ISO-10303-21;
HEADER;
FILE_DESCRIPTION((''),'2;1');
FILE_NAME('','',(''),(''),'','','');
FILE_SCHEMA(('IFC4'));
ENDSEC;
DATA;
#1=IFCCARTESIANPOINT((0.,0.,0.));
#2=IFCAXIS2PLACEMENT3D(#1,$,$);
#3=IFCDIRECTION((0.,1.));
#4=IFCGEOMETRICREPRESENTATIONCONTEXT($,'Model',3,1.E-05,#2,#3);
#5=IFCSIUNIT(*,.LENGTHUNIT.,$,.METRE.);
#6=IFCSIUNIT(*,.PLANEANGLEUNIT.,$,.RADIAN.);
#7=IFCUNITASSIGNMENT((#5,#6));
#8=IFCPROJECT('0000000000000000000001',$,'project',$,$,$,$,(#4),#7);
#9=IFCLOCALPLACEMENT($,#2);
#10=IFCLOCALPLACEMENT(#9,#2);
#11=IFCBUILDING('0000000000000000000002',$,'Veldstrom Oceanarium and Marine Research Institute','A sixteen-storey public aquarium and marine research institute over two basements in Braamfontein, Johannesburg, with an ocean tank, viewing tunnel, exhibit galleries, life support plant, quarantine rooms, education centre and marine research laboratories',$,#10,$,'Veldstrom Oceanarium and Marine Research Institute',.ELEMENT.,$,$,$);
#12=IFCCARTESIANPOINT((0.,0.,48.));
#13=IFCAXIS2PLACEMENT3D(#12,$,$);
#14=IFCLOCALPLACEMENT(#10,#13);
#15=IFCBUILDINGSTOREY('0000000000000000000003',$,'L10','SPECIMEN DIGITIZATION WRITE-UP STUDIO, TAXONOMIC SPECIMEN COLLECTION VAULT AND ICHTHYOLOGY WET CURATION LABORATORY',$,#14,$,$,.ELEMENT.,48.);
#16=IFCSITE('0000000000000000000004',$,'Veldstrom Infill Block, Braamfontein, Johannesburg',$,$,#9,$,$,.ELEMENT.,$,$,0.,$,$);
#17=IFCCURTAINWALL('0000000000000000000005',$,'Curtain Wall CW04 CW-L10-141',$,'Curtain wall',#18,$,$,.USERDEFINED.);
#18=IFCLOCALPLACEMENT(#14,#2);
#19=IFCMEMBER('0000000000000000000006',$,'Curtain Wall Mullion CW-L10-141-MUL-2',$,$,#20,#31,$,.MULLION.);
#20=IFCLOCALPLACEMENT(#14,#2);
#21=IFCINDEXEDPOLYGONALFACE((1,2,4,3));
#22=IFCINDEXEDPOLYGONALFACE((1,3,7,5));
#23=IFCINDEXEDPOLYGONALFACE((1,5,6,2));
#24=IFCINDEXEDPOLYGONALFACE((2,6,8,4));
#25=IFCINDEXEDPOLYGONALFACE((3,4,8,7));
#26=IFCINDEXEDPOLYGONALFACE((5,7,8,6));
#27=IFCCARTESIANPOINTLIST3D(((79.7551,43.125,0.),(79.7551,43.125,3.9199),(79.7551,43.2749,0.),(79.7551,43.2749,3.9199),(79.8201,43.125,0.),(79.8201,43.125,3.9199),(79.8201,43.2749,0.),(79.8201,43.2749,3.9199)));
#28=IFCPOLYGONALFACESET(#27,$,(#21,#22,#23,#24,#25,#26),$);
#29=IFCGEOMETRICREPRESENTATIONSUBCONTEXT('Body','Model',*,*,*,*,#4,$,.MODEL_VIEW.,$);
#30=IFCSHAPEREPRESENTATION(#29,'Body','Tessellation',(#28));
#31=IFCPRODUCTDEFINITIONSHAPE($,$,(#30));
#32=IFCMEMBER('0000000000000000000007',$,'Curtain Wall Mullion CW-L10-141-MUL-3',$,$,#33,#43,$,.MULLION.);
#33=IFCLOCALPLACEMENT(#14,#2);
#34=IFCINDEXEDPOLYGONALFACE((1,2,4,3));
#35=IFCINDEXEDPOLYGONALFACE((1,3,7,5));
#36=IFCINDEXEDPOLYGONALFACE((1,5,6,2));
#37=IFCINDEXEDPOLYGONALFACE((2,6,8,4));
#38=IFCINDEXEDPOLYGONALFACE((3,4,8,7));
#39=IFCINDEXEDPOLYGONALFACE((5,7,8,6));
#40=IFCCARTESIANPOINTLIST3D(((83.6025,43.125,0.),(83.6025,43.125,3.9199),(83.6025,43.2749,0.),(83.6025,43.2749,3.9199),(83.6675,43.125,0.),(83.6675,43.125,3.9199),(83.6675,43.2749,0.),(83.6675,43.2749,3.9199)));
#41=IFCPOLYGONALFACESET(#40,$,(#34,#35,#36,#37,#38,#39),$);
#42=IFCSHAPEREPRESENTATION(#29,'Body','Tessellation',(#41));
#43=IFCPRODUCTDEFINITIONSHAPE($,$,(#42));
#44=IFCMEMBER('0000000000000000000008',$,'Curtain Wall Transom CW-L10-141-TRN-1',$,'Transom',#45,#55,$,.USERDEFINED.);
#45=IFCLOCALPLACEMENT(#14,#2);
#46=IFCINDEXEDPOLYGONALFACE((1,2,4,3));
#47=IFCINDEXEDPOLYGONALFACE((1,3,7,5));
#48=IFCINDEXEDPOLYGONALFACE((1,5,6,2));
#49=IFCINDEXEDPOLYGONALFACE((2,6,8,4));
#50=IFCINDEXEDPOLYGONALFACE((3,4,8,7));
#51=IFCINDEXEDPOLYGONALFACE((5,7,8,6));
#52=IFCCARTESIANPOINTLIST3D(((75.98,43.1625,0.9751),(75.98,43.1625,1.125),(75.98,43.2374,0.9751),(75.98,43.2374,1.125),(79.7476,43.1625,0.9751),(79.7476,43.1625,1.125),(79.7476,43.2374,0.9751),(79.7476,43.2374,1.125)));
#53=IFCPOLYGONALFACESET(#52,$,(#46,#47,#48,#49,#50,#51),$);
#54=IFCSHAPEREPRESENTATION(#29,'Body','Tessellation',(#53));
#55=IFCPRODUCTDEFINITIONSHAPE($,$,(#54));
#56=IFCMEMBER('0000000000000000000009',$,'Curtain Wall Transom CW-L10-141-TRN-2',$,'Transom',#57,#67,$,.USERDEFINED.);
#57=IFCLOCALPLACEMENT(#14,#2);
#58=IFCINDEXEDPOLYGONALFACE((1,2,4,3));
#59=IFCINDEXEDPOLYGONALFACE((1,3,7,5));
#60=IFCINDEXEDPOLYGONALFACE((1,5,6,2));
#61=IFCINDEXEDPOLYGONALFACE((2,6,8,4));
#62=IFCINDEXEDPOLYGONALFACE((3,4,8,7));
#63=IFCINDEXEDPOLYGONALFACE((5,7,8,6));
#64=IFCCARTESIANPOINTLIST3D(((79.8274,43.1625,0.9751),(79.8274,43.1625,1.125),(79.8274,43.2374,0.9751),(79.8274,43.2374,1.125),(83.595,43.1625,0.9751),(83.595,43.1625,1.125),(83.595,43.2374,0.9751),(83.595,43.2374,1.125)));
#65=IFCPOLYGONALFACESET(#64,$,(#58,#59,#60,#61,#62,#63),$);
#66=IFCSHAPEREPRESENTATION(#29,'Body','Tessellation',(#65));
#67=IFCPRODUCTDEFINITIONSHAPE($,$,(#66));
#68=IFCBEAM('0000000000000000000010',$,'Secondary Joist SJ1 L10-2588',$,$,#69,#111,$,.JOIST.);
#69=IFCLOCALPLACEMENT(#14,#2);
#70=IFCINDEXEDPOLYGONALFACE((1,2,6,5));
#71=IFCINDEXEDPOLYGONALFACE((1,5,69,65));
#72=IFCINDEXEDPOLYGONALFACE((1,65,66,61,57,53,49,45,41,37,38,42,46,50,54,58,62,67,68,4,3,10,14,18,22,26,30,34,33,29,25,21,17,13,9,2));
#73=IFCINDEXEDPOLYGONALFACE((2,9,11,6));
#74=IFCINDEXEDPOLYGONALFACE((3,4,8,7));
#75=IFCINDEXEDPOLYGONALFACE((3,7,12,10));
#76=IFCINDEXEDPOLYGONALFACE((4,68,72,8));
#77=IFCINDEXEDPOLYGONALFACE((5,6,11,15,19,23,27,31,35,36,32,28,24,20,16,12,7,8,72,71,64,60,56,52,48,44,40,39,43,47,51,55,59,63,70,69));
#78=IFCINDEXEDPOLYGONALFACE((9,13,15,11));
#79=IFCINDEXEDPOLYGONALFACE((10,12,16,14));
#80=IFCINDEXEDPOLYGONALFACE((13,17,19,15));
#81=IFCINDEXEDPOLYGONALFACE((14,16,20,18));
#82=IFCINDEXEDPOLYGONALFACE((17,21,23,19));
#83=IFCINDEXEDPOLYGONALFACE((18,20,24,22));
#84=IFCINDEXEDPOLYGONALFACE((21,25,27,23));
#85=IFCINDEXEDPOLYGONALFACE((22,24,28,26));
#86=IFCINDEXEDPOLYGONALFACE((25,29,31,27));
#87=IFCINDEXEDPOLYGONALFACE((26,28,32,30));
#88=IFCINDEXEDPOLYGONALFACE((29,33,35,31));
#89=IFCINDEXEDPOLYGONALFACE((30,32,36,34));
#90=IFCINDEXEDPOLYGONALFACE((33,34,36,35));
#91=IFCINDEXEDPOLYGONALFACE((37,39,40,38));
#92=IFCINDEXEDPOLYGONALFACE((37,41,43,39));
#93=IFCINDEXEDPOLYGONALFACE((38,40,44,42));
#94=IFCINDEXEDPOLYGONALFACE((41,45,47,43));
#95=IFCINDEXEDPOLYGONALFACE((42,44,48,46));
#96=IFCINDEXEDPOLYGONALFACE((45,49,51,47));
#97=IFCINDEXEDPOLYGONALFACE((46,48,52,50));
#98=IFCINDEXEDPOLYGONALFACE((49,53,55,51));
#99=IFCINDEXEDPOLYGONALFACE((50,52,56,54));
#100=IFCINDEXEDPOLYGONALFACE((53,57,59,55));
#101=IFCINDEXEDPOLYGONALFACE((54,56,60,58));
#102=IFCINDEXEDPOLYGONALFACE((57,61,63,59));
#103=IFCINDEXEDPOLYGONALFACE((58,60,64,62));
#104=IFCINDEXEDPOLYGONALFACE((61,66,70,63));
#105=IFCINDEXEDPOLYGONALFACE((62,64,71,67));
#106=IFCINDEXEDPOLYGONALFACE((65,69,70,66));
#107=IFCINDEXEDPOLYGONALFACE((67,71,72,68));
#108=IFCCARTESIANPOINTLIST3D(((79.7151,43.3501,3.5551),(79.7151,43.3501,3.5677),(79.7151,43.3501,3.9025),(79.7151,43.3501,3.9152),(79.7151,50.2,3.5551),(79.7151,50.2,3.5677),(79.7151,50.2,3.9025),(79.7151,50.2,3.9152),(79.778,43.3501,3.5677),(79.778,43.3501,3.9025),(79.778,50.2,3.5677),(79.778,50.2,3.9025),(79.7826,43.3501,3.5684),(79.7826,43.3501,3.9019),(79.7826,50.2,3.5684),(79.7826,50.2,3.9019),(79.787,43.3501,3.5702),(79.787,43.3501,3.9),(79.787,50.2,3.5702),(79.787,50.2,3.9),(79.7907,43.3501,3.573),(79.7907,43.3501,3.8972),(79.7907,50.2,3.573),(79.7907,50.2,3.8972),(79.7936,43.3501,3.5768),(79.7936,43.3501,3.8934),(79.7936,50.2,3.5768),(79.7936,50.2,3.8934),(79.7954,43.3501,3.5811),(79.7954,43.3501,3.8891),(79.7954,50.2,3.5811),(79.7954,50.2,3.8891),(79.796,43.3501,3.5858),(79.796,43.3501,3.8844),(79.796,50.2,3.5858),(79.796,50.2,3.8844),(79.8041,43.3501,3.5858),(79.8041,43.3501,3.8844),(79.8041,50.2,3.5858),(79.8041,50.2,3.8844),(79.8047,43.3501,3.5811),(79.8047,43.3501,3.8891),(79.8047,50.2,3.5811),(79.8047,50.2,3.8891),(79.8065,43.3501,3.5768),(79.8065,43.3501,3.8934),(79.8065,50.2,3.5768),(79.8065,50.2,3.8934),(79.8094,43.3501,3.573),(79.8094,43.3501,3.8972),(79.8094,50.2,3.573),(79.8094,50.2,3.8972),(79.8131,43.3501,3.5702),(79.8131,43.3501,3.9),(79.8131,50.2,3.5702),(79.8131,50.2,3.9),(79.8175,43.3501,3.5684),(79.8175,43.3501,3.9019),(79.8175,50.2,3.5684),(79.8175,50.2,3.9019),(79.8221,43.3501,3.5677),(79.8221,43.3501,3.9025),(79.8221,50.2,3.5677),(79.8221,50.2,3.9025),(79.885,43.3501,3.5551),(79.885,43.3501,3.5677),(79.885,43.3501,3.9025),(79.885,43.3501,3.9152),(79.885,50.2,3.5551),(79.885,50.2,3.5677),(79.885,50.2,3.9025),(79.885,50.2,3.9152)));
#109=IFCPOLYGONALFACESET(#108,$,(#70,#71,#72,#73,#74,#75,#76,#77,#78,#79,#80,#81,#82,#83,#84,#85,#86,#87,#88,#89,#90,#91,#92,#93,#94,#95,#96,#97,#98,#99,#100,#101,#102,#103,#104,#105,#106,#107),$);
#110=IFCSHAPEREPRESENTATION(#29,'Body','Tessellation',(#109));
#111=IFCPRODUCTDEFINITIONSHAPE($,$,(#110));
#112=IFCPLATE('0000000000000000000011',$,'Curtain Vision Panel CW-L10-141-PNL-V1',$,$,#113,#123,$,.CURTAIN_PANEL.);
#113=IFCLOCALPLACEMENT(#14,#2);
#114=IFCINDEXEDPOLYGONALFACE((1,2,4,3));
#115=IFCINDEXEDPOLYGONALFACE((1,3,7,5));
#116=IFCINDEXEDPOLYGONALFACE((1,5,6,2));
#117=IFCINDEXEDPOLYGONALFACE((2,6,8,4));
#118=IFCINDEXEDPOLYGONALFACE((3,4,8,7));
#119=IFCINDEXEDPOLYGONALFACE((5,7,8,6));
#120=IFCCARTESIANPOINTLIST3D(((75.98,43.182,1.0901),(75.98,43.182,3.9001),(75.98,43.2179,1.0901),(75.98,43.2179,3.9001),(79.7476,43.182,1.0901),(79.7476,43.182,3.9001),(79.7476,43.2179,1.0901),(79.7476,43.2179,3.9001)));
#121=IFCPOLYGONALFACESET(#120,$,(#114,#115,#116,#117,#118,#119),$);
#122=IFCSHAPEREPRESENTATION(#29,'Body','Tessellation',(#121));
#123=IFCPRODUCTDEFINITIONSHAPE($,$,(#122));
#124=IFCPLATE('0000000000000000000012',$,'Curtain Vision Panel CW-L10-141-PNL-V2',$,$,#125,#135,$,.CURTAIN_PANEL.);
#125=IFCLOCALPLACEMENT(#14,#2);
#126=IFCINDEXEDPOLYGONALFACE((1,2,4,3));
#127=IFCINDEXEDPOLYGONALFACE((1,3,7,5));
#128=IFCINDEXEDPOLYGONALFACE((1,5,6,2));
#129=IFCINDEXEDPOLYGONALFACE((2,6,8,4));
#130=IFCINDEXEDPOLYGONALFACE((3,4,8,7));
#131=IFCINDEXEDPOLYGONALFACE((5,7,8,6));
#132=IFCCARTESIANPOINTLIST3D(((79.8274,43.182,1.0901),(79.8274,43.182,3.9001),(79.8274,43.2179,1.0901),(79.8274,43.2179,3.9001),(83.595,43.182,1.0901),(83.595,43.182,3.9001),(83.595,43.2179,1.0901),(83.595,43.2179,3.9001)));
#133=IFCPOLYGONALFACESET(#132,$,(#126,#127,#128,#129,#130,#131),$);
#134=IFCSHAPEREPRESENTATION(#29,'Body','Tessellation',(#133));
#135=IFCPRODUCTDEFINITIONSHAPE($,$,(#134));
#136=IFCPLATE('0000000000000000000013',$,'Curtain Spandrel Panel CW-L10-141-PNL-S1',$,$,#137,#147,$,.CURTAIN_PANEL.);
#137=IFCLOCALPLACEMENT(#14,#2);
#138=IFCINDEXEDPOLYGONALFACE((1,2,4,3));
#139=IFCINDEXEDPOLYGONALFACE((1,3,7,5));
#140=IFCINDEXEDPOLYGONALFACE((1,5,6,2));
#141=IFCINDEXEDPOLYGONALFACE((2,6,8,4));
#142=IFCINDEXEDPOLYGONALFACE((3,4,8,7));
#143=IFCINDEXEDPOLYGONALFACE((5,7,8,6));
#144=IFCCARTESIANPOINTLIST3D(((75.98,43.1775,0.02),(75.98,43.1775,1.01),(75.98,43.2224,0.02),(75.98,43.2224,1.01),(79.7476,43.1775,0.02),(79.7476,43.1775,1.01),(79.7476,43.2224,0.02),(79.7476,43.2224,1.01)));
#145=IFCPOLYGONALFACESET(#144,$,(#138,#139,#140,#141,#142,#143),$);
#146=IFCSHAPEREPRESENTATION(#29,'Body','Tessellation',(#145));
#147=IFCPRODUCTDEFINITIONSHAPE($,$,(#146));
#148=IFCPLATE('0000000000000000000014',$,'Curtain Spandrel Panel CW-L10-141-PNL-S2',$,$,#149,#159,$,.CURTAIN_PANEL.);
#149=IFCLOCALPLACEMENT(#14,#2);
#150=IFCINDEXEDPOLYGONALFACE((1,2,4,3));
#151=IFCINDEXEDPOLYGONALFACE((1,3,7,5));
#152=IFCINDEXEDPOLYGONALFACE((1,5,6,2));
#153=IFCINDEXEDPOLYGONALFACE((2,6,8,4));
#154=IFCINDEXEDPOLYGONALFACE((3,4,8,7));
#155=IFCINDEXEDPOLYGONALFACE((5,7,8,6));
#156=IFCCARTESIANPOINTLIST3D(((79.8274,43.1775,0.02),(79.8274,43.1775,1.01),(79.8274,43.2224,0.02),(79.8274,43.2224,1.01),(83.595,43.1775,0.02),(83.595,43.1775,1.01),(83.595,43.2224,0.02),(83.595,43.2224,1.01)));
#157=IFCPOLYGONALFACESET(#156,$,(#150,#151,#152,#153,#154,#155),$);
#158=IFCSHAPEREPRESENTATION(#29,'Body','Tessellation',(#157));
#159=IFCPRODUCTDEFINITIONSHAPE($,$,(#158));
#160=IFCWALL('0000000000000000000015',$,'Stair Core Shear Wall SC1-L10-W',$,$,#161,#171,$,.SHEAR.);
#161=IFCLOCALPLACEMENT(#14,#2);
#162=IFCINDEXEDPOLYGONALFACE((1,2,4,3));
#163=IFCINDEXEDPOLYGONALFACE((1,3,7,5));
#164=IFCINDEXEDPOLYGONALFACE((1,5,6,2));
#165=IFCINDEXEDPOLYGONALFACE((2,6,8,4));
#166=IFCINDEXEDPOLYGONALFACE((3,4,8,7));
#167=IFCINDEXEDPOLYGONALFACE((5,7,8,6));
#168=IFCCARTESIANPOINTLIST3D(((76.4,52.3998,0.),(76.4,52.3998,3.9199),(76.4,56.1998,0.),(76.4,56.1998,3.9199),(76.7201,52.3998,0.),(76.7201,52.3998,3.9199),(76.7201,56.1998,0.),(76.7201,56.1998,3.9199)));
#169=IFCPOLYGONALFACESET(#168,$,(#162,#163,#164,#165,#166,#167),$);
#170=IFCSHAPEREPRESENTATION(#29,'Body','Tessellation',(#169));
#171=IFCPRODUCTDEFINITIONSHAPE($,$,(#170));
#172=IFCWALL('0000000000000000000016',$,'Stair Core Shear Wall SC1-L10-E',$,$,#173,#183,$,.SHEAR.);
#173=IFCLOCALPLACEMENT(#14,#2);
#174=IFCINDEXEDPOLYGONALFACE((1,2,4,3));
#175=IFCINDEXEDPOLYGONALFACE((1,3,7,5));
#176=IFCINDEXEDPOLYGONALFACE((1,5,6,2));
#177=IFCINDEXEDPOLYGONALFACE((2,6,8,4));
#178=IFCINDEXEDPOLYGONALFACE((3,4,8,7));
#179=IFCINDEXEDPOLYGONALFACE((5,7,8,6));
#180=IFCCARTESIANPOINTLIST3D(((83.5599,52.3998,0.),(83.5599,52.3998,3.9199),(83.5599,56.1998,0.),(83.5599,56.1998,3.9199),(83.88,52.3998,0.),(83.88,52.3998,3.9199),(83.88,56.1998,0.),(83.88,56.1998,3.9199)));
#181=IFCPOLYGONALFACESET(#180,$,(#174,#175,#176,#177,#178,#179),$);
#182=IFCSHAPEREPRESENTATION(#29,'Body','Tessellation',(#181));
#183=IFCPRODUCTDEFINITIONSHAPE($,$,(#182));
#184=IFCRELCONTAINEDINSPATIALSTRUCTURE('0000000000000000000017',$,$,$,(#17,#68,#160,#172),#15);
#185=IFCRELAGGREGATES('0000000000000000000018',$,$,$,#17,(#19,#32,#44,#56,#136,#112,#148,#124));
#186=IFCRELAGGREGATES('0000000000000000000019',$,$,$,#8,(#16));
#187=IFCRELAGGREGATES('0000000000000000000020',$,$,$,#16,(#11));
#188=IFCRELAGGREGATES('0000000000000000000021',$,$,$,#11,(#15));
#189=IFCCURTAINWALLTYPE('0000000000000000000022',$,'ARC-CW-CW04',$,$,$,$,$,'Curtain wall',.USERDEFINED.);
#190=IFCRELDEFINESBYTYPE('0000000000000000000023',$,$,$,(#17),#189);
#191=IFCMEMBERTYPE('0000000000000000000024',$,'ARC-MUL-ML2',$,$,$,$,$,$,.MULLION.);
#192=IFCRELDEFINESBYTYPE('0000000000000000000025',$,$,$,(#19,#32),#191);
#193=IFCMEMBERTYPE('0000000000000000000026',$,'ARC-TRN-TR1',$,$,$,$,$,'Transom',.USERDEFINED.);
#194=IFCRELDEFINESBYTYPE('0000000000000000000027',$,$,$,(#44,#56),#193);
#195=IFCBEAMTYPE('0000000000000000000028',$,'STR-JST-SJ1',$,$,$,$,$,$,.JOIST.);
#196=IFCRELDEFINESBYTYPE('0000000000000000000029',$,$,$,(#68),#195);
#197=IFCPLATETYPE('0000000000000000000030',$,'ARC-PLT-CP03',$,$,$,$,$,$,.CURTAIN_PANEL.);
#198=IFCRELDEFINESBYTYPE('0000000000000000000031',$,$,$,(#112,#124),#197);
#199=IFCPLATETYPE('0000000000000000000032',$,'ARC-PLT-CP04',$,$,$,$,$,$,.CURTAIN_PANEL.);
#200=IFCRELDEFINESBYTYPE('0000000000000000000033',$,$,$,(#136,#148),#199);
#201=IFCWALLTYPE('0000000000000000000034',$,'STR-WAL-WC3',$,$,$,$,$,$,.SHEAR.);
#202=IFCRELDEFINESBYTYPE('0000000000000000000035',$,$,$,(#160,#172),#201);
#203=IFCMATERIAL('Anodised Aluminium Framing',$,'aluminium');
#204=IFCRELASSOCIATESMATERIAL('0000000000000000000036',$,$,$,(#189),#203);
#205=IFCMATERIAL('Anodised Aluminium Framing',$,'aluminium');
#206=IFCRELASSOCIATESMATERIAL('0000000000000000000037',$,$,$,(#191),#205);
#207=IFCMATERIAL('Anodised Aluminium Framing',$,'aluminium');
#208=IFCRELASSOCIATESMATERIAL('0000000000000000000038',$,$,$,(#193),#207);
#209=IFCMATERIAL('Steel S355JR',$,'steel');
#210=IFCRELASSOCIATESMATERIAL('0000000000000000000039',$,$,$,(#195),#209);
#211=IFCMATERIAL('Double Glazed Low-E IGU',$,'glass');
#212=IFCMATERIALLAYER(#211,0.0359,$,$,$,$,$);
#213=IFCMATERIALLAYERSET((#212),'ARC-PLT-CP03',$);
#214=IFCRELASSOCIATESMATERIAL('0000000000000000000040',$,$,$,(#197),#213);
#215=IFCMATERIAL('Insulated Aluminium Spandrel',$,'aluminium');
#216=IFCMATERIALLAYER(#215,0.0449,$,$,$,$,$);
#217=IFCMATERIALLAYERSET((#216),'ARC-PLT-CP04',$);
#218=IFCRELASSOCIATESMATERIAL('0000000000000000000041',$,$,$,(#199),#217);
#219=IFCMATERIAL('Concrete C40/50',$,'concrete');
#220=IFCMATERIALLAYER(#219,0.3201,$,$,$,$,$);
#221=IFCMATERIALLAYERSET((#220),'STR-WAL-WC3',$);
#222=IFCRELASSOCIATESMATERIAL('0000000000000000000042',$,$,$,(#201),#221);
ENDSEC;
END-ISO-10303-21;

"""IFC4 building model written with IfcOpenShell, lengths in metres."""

from ifc_helpers import new_model, si_unit, direction, frame, frame_2d, origin, origin_2d, place, context, subcontext, project, spatial, rectangle, i_section, extrude, material, layer, layer_set, material_profile, profile_set, type_object, element, aggregate, save


model = new_model("IFC4")

# Units and contexts
model_context = context("Model", 3, precision=1e-05, world=origin(), true_north=direction((0.0, 1.0)))
body_context = subcontext(model_context, "Body", "Model", "MODEL_VIEW")
ifc_project = project(units=[si_unit("LENGTHUNIT", "METRE"), si_unit("PLANEANGLEUNIT", "RADIAN")], contexts=[model_context])

# Site, building, storey
site_placement = place(None, origin())
site = spatial("IfcSite", under=ifc_project, at=site_placement, Name="Veldstrom Infill Block, Braamfontein, Johannesburg", CompositionType="ELEMENT", RefElevation=0.0)
building_placement = place(site_placement, origin())
building = spatial("IfcBuilding", under=site, at=building_placement, Name="Veldstrom Oceanarium and Marine Research Institute", Description="A sixteen-storey public aquarium and marine research institute over two basements in Braamfontein, Johannesburg, with an ocean tank, viewing tunnel, exhibit galleries, life support plant, quarantine rooms, education centre and marine research laboratories", LongName="Veldstrom Oceanarium and Marine Research Institute", CompositionType="ELEMENT")
storey_placement = place(building_placement, frame((0.0, 0.0, 48.0)))
storey = spatial("IfcBuildingStorey", under=building, at=storey_placement, Name="L10", Description="SPECIMEN DIGITIZATION WRITE-UP STUDIO, TAXONOMIC SPECIMEN COLLECTION VAULT AND ICHTHYOLOGY WET CURATION LABORATORY", CompositionType="ELEMENT", Elevation=48.0)

# Curtain wall, members
ifc_material_1 = material(Name="Anodised Aluminium Framing", Category="aluminium")
curtain_wall_type = type_object("IfcCurtainWallType", Name="ARC-CW-CW04", ElementType="Curtain wall", PredefinedType="USERDEFINED", material=ifc_material_1)
curtain_wall_placement = place(storey_placement, origin())
curtain_wall = element("IfcCurtainWall", 1, at=curtain_wall_placement, inside=storey, type_object=curtain_wall_type, Name="Curtain Wall CW04 CW-L10-141", ObjectType="Curtain wall", PredefinedType="USERDEFINED")
ifc_material_2 = material(Name="Anodised Aluminium Framing", Category="aluminium")
ifc_material_profile_1 = material_profile(ifc_material_2, rectangle(XDim=0.0649, YDim=0.1499, at=origin_2d()), Name="ALU-MUL-65x150")
ifc_profile_set_1 = profile_set([ifc_material_profile_1], Name="Anodised Aluminium Framing")
member_type_1 = type_object("IfcMemberType", Name="ARC-MUL-ML2", PredefinedType="MULLION", material=ifc_profile_set_1)
member_1_placement = place(storey_placement, frame((79.7876, 43.2, 0.0), z_axis=(0.0, 0.0, 1.0), x_axis=(1.0, 0.0, 0.0)))
member_1 = element("IfcMember", 2, at=member_1_placement, type_object=member_type_1, Name="Curtain Wall Mullion CW-L10-141-MUL-2", PredefinedType="MULLION", context=body_context, shape_type="SweptSolid", body=[
    extrude(rectangle(XDim=0.0649, YDim=0.1499, at=origin_2d()), origin(), (0.0, 0.0, 1.0), 3.9199),
])
member_2_placement = place(storey_placement, frame((83.635, 43.2, 0.0), z_axis=(0.0, 0.0, 1.0), x_axis=(1.0, 0.0, 0.0)))
member_2 = element("IfcMember", 3, at=member_2_placement, type_object=member_type_1, Name="Curtain Wall Mullion CW-L10-141-MUL-3", PredefinedType="MULLION", context=body_context, shape_type="SweptSolid", body=[
    extrude(rectangle(XDim=0.0649, YDim=0.1499, at=origin_2d()), origin(), (0.0, 0.0, 1.0), 3.9199),
])
ifc_material_3 = material(Name="Anodised Aluminium Framing", Category="aluminium")
ifc_material_profile_2 = material_profile(ifc_material_3, rectangle(XDim=0.075, YDim=0.1499, at=origin_2d()), Name="ALU-TRN-75x150")
ifc_profile_set_2 = profile_set([ifc_material_profile_2], Name="Anodised Aluminium Framing")
member_type_2 = type_object("IfcMemberType", Name="ARC-TRN-TR1", ElementType="Transom", PredefinedType="USERDEFINED", material=ifc_profile_set_2)
member_3_placement = place(storey_placement, frame((75.98, 43.2, 1.05), z_axis=(1.0, 0.0, 0.0), x_axis=(0.0, 1.0, 0.0)))
member_3 = element("IfcMember", 4, at=member_3_placement, type_object=member_type_2, Name="Curtain Wall Transom CW-L10-141-TRN-1", ObjectType="Transom", PredefinedType="USERDEFINED", context=body_context, shape_type="SweptSolid", body=[
    extrude(rectangle(XDim=0.075, YDim=0.1499, at=origin_2d()), origin(), (0.0, 0.0, 1.0), 3.7676),
])
member_4_placement = place(storey_placement, frame((79.8274, 43.2, 1.05), z_axis=(1.0, 0.0, 0.0), x_axis=(0.0, 1.0, 0.0)))
member_4 = element("IfcMember", 5, at=member_4_placement, type_object=member_type_2, Name="Curtain Wall Transom CW-L10-141-TRN-2", ObjectType="Transom", PredefinedType="USERDEFINED", context=body_context, shape_type="SweptSolid", body=[
    extrude(rectangle(XDim=0.075, YDim=0.1499, at=origin_2d()), origin(), (0.0, 0.0, 1.0), 3.7676),
])

# Beam
ifc_material_4 = material(Name="Steel S355JR", Category="steel")
ifc_material_profile_3 = material_profile(ifc_material_4, i_section(OverallWidth=0.1699, OverallDepth=0.3601, WebThickness=0.0081, FlangeThickness=0.0127, FilletRadius=0.0181, at=origin_2d()), Name="IPE 360")
ifc_profile_set_3 = profile_set([ifc_material_profile_3], Name="Steel S355JR")
beam_type = type_object("IfcBeamType", Name="STR-JST-SJ1", PredefinedType="JOIST", material=ifc_profile_set_3)
beam_placement = place(storey_placement, frame((79.8, 43.3501, 3.7351), z_axis=(0.0, 1.0, 0.0), x_axis=(-1.0, 0.0, 0.0)))
element("IfcBeam", 6, at=beam_placement, inside=storey, type_object=beam_type, Name="Secondary Joist SJ1 L10-2588", PredefinedType="JOIST", context=body_context, shape_type="SweptSolid", body=[
    extrude(i_section(OverallWidth=0.1699, OverallDepth=0.3601, WebThickness=0.0081, FlangeThickness=0.0127, FilletRadius=0.0181, at=origin_2d()), origin(), (0.0, 0.0, 1.0), 6.8499),
])

# Plates
ifc_material_5 = material(Name="Double Glazed Low-E IGU", Category="glass")
ifc_layer_1 = layer(ifc_material_5, 0.0359)
ifc_layer_set_1 = layer_set([ifc_layer_1], Name="ARC-PLT-CP03")
plate_type_1 = type_object("IfcPlateType", Name="ARC-PLT-CP03", PredefinedType="CURTAIN_PANEL", material=ifc_layer_set_1)
plate_1_placement = place(storey_placement, frame((77.8638, 43.2, 1.0901), z_axis=(0.0, 0.0, 1.0), x_axis=(1.0, 0.0, 0.0)))
plate_1 = element("IfcPlate", 7, at=plate_1_placement, type_object=plate_type_1, Name="Curtain Vision Panel CW-L10-141-PNL-V1", PredefinedType="CURTAIN_PANEL", context=body_context, shape_type="SweptSolid", body=[
    extrude(rectangle(XDim=3.7676, YDim=0.0359, at=origin_2d()), origin(), (0.0, 0.0, 1.0), 2.8101),
])
plate_2_placement = place(storey_placement, frame((81.7112, 43.2, 1.0901), z_axis=(0.0, 0.0, 1.0), x_axis=(1.0, 0.0, 0.0)))
plate_2 = element("IfcPlate", 8, at=plate_2_placement, type_object=plate_type_1, Name="Curtain Vision Panel CW-L10-141-PNL-V2", PredefinedType="CURTAIN_PANEL", context=body_context, shape_type="SweptSolid", body=[
    extrude(rectangle(XDim=3.7676, YDim=0.0359, at=origin_2d()), origin(), (0.0, 0.0, 1.0), 2.8101),
])
ifc_material_6 = material(Name="Insulated Aluminium Spandrel", Category="aluminium")
ifc_layer_2 = layer(ifc_material_6, 0.0449)
ifc_layer_set_2 = layer_set([ifc_layer_2], Name="ARC-PLT-CP04")
plate_type_2 = type_object("IfcPlateType", Name="ARC-PLT-CP04", PredefinedType="CURTAIN_PANEL", material=ifc_layer_set_2)
plate_3_placement = place(storey_placement, frame((77.8638, 43.2, 0.02), z_axis=(0.0, 0.0, 1.0), x_axis=(1.0, 0.0, 0.0)))
plate_3 = element("IfcPlate", 9, at=plate_3_placement, type_object=plate_type_2, Name="Curtain Spandrel Panel CW-L10-141-PNL-S1", PredefinedType="CURTAIN_PANEL", context=body_context, shape_type="SweptSolid", body=[
    extrude(rectangle(XDim=3.7676, YDim=0.0449, at=origin_2d()), origin(), (0.0, 0.0, 1.0), 0.99),
])
plate_4_placement = place(storey_placement, frame((81.7112, 43.2, 0.02), z_axis=(0.0, 0.0, 1.0), x_axis=(1.0, 0.0, 0.0)))
plate_4 = element("IfcPlate", 10, at=plate_4_placement, type_object=plate_type_2, Name="Curtain Spandrel Panel CW-L10-141-PNL-S2", PredefinedType="CURTAIN_PANEL", context=body_context, shape_type="SweptSolid", body=[
    extrude(rectangle(XDim=3.7676, YDim=0.0449, at=origin_2d()), origin(), (0.0, 0.0, 1.0), 0.99),
])
aggregate(curtain_wall, [member_1, member_2, member_3, member_4, plate_3, plate_1, plate_4, plate_2])

# Shared definitions
ifc_material_7 = material(Name="Concrete C40/50", Category="concrete")
ifc_layer_3 = layer(ifc_material_7, 0.3201)
ifc_layer_set_3 = layer_set([ifc_layer_3], Name="STR-WAL-WC3")
wall_type_1 = type_object("IfcWallType", Name="STR-WAL-WC3", PredefinedType="SHEAR", material=ifc_layer_set_3)

# Walls
for number, where, z_axis, x_axis, name in (
    (11, (76.5601, 52.3999, 0.0), (0.0, 0.0, 1.0), (0.0, 1.0, 0.0), "Stair Core Shear Wall SC1-L10-W"),
    (12, (83.72, 52.3999, 0.0), (0.0, 0.0, 1.0), (0.0, 1.0, 0.0), "Stair Core Shear Wall SC1-L10-E"),
):
    element("IfcWall", number, at=place(storey_placement, frame(where, z_axis=z_axis, x_axis=x_axis)), inside=storey, type_object=wall_type_1, Name=name, PredefinedType="SHEAR", context=body_context, shape_type="SweptSolid", body=[
        extrude(rectangle(XDim=3.8, YDim=0.3201, at=frame_2d((1.8999, 0.0))), origin(), (0.0, 0.0, 1.0), 3.9199),
    ])

save(model, "model.ifc")
